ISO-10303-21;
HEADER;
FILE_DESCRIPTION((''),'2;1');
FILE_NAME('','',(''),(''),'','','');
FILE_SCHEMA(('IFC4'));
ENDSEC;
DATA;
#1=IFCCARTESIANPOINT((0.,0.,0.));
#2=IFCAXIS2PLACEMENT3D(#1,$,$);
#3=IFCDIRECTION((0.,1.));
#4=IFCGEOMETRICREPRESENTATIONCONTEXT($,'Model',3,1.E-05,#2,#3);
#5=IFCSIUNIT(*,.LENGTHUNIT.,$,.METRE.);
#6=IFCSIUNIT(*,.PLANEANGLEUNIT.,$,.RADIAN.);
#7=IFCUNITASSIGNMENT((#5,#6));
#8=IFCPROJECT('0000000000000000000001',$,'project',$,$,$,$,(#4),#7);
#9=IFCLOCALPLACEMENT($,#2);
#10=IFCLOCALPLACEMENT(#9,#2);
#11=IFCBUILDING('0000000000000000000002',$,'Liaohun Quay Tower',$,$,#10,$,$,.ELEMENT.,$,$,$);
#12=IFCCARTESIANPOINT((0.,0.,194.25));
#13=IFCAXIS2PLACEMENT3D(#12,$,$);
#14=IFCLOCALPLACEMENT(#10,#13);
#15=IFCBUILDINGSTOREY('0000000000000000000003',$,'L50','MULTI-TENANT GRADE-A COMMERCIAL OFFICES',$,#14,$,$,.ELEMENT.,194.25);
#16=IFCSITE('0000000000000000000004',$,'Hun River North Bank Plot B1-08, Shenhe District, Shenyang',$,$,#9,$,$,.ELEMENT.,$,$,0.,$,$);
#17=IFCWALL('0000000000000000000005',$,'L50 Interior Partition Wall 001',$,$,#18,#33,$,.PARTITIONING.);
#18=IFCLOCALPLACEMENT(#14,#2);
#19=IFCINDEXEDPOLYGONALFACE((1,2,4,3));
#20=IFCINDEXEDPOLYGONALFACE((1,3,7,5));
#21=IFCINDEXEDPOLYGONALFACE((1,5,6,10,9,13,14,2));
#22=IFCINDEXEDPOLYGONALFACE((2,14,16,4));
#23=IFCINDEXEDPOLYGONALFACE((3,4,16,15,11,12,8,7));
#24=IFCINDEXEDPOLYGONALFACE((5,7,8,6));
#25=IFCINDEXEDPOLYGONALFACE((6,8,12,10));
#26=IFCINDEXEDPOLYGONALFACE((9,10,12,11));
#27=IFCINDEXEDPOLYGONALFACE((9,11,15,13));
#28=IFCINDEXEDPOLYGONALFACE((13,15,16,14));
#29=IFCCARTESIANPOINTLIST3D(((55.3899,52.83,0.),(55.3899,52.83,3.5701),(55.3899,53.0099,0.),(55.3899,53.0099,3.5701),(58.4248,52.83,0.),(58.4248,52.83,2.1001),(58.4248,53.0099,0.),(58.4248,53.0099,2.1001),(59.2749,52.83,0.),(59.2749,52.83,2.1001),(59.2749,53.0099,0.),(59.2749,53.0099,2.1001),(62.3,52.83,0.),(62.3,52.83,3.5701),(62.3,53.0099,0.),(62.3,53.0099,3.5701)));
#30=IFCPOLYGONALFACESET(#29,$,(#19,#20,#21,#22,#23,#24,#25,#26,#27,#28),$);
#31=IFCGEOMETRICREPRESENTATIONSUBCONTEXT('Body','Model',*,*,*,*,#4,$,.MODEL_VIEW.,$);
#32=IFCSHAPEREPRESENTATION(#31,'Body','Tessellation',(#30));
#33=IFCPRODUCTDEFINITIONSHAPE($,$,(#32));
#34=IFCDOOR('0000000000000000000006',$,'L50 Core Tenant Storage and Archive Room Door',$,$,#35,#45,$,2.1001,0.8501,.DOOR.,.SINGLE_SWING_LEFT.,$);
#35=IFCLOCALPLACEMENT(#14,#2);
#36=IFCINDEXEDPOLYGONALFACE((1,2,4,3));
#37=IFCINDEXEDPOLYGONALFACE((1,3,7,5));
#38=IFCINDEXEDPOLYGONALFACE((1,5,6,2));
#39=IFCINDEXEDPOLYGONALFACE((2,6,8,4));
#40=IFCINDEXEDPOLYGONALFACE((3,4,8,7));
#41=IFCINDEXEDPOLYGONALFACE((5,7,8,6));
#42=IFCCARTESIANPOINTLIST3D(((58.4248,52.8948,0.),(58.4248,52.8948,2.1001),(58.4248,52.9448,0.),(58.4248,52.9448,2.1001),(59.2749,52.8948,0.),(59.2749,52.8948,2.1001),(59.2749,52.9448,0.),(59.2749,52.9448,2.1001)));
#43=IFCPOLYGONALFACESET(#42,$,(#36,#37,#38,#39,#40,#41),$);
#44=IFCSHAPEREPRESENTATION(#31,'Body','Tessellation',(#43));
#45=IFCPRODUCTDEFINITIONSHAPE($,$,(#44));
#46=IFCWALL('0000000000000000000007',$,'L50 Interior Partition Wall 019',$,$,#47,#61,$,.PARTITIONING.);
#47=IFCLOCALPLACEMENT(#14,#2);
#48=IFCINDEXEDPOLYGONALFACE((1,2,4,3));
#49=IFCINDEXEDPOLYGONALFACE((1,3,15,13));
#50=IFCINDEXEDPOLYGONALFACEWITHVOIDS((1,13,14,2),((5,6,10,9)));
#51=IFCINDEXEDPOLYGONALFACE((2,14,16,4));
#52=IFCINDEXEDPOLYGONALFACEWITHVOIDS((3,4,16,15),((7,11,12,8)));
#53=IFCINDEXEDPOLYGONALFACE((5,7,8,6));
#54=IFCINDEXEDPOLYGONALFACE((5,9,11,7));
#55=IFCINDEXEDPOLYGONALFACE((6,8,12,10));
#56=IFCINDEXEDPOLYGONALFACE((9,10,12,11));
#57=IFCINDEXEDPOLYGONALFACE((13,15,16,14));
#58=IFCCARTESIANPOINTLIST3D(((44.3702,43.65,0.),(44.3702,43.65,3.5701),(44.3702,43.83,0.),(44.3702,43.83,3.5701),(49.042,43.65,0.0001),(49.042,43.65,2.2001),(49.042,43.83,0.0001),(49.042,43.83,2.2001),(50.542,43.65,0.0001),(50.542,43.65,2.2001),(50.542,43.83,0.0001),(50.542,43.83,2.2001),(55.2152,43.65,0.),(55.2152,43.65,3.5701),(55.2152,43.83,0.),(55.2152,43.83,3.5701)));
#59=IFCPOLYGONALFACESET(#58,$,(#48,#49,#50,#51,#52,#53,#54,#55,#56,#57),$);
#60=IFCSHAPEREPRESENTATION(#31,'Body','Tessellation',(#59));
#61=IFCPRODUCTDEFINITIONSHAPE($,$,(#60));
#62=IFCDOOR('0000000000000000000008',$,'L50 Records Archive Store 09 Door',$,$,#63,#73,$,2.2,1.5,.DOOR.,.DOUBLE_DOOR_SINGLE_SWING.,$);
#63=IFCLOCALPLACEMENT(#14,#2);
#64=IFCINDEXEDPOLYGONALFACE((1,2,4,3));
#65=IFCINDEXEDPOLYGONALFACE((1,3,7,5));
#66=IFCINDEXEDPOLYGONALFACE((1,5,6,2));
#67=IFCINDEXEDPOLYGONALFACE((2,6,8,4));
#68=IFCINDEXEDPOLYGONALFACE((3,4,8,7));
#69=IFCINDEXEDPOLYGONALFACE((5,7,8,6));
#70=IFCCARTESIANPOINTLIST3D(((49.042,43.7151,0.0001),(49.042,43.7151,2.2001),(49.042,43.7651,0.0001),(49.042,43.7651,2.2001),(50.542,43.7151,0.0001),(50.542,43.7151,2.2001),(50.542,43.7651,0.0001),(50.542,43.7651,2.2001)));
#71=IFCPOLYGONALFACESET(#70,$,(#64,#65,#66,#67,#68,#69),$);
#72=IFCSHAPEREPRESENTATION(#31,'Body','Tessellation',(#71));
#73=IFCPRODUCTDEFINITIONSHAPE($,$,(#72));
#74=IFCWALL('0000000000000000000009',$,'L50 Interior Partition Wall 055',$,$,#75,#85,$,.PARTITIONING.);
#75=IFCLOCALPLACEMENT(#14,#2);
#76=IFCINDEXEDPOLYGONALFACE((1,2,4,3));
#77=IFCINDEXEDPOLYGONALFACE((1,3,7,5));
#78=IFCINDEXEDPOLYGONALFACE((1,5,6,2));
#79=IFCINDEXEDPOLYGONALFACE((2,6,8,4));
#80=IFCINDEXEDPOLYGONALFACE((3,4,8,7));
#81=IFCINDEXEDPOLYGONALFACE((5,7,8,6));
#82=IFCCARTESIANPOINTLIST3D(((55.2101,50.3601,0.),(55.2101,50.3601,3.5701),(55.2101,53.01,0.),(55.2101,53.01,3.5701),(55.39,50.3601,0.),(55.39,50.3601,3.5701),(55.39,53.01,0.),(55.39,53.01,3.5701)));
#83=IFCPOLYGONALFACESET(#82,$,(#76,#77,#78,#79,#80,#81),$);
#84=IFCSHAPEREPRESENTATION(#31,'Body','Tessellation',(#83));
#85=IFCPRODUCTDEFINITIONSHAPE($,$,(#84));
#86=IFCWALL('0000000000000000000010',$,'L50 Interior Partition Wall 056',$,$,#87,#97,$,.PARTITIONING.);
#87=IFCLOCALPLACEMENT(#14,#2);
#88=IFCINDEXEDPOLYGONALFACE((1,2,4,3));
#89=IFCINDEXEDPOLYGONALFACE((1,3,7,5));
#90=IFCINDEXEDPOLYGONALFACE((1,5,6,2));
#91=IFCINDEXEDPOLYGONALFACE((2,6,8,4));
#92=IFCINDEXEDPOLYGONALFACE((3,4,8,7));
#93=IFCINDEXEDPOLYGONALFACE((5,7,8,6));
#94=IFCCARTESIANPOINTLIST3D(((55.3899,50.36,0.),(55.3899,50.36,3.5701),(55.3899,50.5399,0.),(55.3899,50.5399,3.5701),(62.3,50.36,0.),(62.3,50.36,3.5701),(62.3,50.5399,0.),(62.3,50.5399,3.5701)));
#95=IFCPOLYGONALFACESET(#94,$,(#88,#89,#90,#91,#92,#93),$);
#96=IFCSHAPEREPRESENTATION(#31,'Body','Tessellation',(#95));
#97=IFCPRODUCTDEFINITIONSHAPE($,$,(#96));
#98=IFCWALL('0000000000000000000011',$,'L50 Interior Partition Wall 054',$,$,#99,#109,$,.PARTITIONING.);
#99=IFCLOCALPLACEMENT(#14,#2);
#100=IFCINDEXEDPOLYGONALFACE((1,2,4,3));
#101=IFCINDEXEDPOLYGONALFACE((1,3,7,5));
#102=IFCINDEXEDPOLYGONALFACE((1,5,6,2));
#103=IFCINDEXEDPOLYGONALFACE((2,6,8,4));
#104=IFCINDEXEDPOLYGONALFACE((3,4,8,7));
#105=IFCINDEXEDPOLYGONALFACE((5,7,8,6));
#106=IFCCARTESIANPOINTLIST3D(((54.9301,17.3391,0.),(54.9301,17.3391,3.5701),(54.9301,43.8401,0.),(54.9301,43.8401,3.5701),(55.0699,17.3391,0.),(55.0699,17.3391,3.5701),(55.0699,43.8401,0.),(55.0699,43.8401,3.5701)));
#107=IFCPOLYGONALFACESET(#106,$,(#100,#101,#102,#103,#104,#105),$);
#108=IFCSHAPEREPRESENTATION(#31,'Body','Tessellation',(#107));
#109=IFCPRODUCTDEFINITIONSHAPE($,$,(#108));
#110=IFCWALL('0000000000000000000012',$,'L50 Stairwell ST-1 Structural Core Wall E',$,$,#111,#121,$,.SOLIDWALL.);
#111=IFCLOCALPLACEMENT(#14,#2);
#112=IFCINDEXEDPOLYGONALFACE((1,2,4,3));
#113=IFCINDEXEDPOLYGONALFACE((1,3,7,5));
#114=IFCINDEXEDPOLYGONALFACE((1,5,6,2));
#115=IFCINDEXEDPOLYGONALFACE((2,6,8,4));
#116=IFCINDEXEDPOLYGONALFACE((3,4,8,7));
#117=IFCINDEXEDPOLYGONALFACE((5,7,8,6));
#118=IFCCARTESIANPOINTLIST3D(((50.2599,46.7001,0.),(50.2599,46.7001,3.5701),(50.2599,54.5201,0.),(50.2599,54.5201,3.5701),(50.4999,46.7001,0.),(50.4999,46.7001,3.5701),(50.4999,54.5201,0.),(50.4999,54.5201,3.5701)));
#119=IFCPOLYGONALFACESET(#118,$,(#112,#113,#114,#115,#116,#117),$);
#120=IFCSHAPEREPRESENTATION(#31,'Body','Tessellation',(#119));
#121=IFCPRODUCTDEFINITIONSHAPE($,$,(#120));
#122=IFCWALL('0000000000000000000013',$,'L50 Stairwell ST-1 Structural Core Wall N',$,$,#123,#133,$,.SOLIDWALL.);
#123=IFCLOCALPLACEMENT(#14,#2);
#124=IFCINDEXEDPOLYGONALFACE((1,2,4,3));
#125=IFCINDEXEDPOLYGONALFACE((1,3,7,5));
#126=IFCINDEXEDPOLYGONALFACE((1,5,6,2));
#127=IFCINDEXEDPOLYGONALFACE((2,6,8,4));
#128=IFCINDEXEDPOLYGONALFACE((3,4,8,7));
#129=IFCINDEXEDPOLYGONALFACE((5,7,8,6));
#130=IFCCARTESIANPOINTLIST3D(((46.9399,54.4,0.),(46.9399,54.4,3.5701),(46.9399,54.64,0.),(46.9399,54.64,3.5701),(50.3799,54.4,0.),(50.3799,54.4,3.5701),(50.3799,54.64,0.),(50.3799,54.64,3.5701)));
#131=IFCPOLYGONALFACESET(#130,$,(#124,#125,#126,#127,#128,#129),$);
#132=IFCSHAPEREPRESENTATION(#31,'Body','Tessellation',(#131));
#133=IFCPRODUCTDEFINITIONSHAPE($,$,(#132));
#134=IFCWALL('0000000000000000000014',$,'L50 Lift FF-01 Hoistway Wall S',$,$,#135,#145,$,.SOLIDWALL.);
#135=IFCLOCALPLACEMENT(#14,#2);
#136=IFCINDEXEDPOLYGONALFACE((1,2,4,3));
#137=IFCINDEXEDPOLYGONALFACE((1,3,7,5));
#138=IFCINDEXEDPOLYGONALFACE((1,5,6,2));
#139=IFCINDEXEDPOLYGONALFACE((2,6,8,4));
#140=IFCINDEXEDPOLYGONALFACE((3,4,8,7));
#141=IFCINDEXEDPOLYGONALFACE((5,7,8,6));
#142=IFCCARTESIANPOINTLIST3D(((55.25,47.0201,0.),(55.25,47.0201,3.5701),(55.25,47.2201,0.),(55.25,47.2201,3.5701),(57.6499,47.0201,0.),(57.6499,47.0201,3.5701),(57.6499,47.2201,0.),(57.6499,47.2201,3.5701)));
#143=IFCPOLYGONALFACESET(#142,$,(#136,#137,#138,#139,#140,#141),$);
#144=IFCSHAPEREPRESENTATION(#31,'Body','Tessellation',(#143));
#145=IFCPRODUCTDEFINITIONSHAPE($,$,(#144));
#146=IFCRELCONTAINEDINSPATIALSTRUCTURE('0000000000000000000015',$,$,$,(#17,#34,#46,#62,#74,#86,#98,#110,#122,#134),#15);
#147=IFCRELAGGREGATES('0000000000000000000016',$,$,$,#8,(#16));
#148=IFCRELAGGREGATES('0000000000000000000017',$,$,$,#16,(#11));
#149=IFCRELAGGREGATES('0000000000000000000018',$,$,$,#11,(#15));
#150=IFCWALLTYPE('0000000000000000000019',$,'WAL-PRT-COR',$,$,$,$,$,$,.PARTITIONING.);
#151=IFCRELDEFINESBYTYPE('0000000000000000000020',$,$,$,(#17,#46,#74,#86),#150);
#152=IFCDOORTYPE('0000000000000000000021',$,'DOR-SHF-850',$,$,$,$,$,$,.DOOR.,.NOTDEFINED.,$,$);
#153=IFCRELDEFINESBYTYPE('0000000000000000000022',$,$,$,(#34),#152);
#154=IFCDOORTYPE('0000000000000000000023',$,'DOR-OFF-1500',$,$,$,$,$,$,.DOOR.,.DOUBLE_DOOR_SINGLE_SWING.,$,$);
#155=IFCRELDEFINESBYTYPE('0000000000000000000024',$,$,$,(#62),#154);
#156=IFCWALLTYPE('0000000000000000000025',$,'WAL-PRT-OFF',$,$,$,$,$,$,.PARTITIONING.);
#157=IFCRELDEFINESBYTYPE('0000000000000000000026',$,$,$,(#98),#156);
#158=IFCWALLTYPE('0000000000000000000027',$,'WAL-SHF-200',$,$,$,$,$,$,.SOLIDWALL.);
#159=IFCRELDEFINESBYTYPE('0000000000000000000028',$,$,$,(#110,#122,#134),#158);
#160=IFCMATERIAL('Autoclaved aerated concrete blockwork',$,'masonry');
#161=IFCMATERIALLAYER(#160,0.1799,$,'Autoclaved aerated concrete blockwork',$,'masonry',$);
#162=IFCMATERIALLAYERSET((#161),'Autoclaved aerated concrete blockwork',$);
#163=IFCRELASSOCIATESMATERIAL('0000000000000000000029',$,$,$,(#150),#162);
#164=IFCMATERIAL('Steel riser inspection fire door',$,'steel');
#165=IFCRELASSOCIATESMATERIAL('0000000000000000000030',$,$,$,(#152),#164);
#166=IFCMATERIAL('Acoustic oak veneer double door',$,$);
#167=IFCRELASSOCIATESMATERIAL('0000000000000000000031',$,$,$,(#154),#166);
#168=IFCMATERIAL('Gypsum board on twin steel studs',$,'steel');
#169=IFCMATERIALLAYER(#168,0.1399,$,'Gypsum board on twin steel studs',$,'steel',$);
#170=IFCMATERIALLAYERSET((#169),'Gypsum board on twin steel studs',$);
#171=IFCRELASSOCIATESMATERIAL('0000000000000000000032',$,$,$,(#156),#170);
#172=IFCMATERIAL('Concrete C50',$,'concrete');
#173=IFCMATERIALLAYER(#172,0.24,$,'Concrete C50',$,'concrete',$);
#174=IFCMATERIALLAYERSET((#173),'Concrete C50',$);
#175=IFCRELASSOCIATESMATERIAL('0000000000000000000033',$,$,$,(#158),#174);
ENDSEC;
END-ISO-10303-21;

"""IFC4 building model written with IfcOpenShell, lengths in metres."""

from ifc_helpers import new_model, si_unit, direction, frame, frame_2d, origin, place, context, subcontext, project, spatial, rectangle, extrude, source, transform, mapped, material, layer, layer_set, type_object, element, fill, save


model = new_model("IFC4")

# Units and contexts
model_context = context("Model", 3, precision=1e-05, world=origin(), true_north=direction((0.0, 1.0)))
body_context = subcontext(model_context, "Body", "Model", "MODEL_VIEW")
ifc_project = project(units=[si_unit("LENGTHUNIT", "METRE"), si_unit("PLANEANGLEUNIT", "RADIAN")], contexts=[model_context])

# Site, building, storey
site_placement = place(None, origin())
site = spatial("IfcSite", under=ifc_project, at=site_placement, Name="Hun River North Bank Plot B1-08, Shenhe District, Shenyang", CompositionType="ELEMENT", RefElevation=0.0)
building_placement = place(site_placement, origin())
building = spatial("IfcBuilding", under=site, at=building_placement, Name="Liaohun Quay Tower", CompositionType="ELEMENT")
storey_placement = place(building_placement, frame((0.0, 0.0, 194.25)))
storey = spatial("IfcBuildingStorey", under=building, at=storey_placement, Name="L50", Description="MULTI-TENANT GRADE-A COMMERCIAL OFFICES", CompositionType="ELEMENT", Elevation=194.25)

# Shared definitions
ifc_material_1 = material(Name="Concrete C50", Category="concrete")

# Walls, openings, doors
ifc_material_2 = material(Name="Autoclaved aerated concrete blockwork", Category="masonry")
ifc_layer_1 = layer(ifc_material_2, 0.1799, Name="Autoclaved aerated concrete blockwork", Category="masonry")
ifc_layer_set_1 = layer_set([ifc_layer_1], Name="Autoclaved aerated concrete blockwork")
wall_type_1 = type_object("IfcWallType", Name="WAL-PRT-COR", PredefinedType="PARTITIONING", material=ifc_layer_set_1)
wall_1_placement = place(storey_placement, frame((55.3899, 52.9199, 0.0), z_axis=(0.0, 0.0, 1.0), x_axis=(1.0, 0.0, 0.0)))
wall_1 = element("IfcWall", 1, at=wall_1_placement, inside=storey, type_object=wall_type_1, Name="L50 Interior Partition Wall 001", PredefinedType="PARTITIONING", context=body_context, shape_type="SweptSolid", body=[
    extrude(rectangle(XDim=6.9102, YDim=0.1799, at=frame_2d((3.4551, 0.0))), origin(), (0.0, 0.0, 1.0), 3.5701),
])
shared_shape_1 = source(origin(), body_context, "Body", "SweptSolid", [
    extrude(rectangle(XDim=0.8501, YDim=2.1001, at=frame_2d((0.425, 1.05))), frame((0.0, 0.0999, 0.0), z_axis=(0.0, -1.0, 0.0), x_axis=(1.0, 0.0, 0.0)), (0.0, 0.0, 1.0), 0.2),
])
opening_1_placement = place(wall_1_placement, frame((3.0349, 0.0, 0.0)))
opening_1 = element("IfcOpeningElement", 2, at=opening_1_placement, cuts=wall_1, PredefinedType="OPENING", context=body_context, shape_type="MappedRepresentation", body=[
    mapped(shared_shape_1, transform((0.0, 0.0, 0.0), x_axis=(1.0, 0.0, 0.0), y_axis=(0.0, 1.0, 0.0), z_axis=(0.0, 0.0, 1.0), scale=1.0)),
])
ifc_material_3 = material(Name="Steel riser inspection fire door", Category="steel")
door_type_1 = type_object("IfcDoorType", Name="DOR-SHF-850", OperationType="NOTDEFINED", PredefinedType="DOOR", material=ifc_material_3)
shared_shape_2 = source(origin(), body_context, "Body", "SweptSolid", [
    extrude(rectangle(XDim=0.8501, YDim=2.1001, at=frame_2d((0.425, 1.05))), frame((0.0, 0.0249, 0.0), z_axis=(0.0, -1.0, 0.0), x_axis=(1.0, 0.0, 0.0)), (0.0, 0.0, 1.0), 0.05),
])
door_1_placement = place(opening_1_placement, origin())
door_1 = element("IfcDoor", 3, at=door_1_placement, inside=storey, type_object=door_type_1, Name="L50 Core Tenant Storage and Archive Room Door", OperationType="SINGLE_SWING_LEFT", OverallHeight=2.1001, OverallWidth=0.8501, PredefinedType="DOOR", context=body_context, shape_type="MappedRepresentation", body=[
    mapped(shared_shape_2, transform((0.0, 0.0, 0.0), x_axis=(1.0, 0.0, 0.0), y_axis=(0.0, 1.0, 0.0), z_axis=(0.0, 0.0, 1.0), scale=1.0)),
])
fill(opening_1, door_1)
wall_2_placement = place(storey_placement, frame((55.2151, 43.74, 0.0), z_axis=(0.0, 0.0, 1.0), x_axis=(-1.0, 0.0, 0.0)))
wall_2 = element("IfcWall", 4, at=wall_2_placement, inside=storey, type_object=wall_type_1, Name="L50 Interior Partition Wall 019", PredefinedType="PARTITIONING", context=body_context, shape_type="SweptSolid", body=[
    extrude(rectangle(XDim=10.845, YDim=0.1799, at=frame_2d((5.4224, 0.0))), origin(), (0.0, 0.0, 1.0), 3.5701),
])
shared_shape_3 = source(origin(), body_context, "Body", "SweptSolid", [
    extrude(rectangle(XDim=1.5, YDim=2.2, at=frame_2d((0.75, 1.1001))), frame((0.0, 0.0999, 0.0), z_axis=(0.0, -1.0, 0.0), x_axis=(1.0, 0.0, 0.0)), (0.0, 0.0, 1.0), 0.2),
])
opening_2_placement = place(wall_2_placement, frame((4.6731, 0.0, 0.0)))
opening_2 = element("IfcOpeningElement", 5, at=opening_2_placement, cuts=wall_2, PredefinedType="OPENING", context=body_context, shape_type="MappedRepresentation", body=[
    mapped(shared_shape_3, transform((0.0, 0.0, 0.0), x_axis=(1.0, 0.0, 0.0), y_axis=(0.0, 1.0, 0.0), z_axis=(0.0, 0.0, 1.0), scale=1.0)),
])
ifc_material_4 = material(Name="Acoustic oak veneer double door")
door_type_2 = type_object("IfcDoorType", Name="DOR-OFF-1500", OperationType="DOUBLE_DOOR_SINGLE_SWING", PredefinedType="DOOR", material=ifc_material_4)
shared_shape_4 = source(origin(), body_context, "Body", "SweptSolid", [
    extrude(rectangle(XDim=1.5, YDim=2.2, at=frame_2d((0.75, 1.1001))), frame((0.0, 0.0249, 0.0), z_axis=(0.0, -1.0, 0.0), x_axis=(1.0, 0.0, 0.0)), (0.0, 0.0, 1.0), 0.05),
])
door_2_placement = place(opening_2_placement, origin())
door_2 = element("IfcDoor", 6, at=door_2_placement, inside=storey, type_object=door_type_2, Name="L50 Records Archive Store 09 Door", OperationType="DOUBLE_DOOR_SINGLE_SWING", OverallHeight=2.2, OverallWidth=1.5, PredefinedType="DOOR", context=body_context, shape_type="MappedRepresentation", body=[
    mapped(shared_shape_4, transform((0.0, 0.0, 0.0), x_axis=(1.0, 0.0, 0.0), y_axis=(0.0, 1.0, 0.0), z_axis=(0.0, 0.0, 1.0), scale=1.0)),
])
fill(opening_2, door_2)

# Walls
wall_3_placement = place(storey_placement, frame((55.3, 50.3601, 0.0), z_axis=(0.0, 0.0, 1.0), x_axis=(0.0, 1.0, 0.0)))
element("IfcWall", 7, at=wall_3_placement, inside=storey, type_object=wall_type_1, Name="L50 Interior Partition Wall 055", PredefinedType="PARTITIONING", context=body_context, shape_type="SweptSolid", body=[
    extrude(rectangle(XDim=2.6499, YDim=0.1799, at=frame_2d((1.325, 0.0))), origin(), (0.0, 0.0, 1.0), 3.5701),
])
wall_4_placement = place(storey_placement, frame((55.3899, 50.45, 0.0), z_axis=(0.0, 0.0, 1.0), x_axis=(1.0, 0.0, 0.0)))
element("IfcWall", 8, at=wall_4_placement, inside=storey, type_object=wall_type_1, Name="L50 Interior Partition Wall 056", PredefinedType="PARTITIONING", context=body_context, shape_type="SweptSolid", body=[
    extrude(rectangle(XDim=6.9102, YDim=0.1799, at=frame_2d((3.4551, 0.0))), origin(), (0.0, 0.0, 1.0), 3.5701),
])
ifc_material_5 = material(Name="Gypsum board on twin steel studs", Category="steel")
ifc_layer_2 = layer(ifc_material_5, 0.1399, Name="Gypsum board on twin steel studs", Category="steel")
ifc_layer_set_2 = layer_set([ifc_layer_2], Name="Gypsum board on twin steel studs")
wall_type_2 = type_object("IfcWallType", Name="WAL-PRT-OFF", PredefinedType="PARTITIONING", material=ifc_layer_set_2)
wall_5_placement = place(storey_placement, frame((55.0, 43.8401, 0.0), z_axis=(0.0, 0.0, 1.0), x_axis=(0.0, -1.0, 0.0)))
element("IfcWall", 9, at=wall_5_placement, inside=storey, type_object=wall_type_2, Name="L50 Interior Partition Wall 054", PredefinedType="PARTITIONING", context=body_context, shape_type="SweptSolid", body=[
    extrude(rectangle(XDim=26.501, YDim=0.1399, at=frame_2d((13.2505, 0.0))), origin(), (0.0, 0.0, 1.0), 3.5701),
])
ifc_layer_3 = layer(ifc_material_1, 0.24, Name="Concrete C50", Category="concrete")
ifc_layer_set_3 = layer_set([ifc_layer_3], Name="Concrete C50")
wall_type_3 = type_object("IfcWallType", Name="WAL-SHF-200", PredefinedType="SOLIDWALL", material=ifc_layer_set_3)
wall_6_placement = place(storey_placement, frame((50.3799, 46.7, 0.0), z_axis=(0.0, 0.0, 1.0), x_axis=(0.0, 1.0, 0.0)))
element("IfcWall", 10, at=wall_6_placement, inside=storey, type_object=wall_type_3, Name="L50 Stairwell ST-1 Structural Core Wall E", PredefinedType="SOLIDWALL", context=body_context, shape_type="SweptSolid", body=[
    extrude(rectangle(XDim=7.8201, YDim=0.24, at=frame_2d((3.9102, 0.0))), origin(), (0.0, 0.0, 1.0), 3.5701),
])
wall_7_placement = place(storey_placement, frame((50.3799, 54.52, 0.0), z_axis=(0.0, 0.0, 1.0), x_axis=(-1.0, 0.0, 0.0)))
element("IfcWall", 11, at=wall_7_placement, inside=storey, type_object=wall_type_3, Name="L50 Stairwell ST-1 Structural Core Wall N", PredefinedType="SOLIDWALL", context=body_context, shape_type="SweptSolid", body=[
    extrude(rectangle(XDim=3.4399, YDim=0.24, at=frame_2d((1.72, 0.0))), origin(), (0.0, 0.0, 1.0), 3.5701),
])
wall_8_placement = place(storey_placement, frame((55.25, 47.1201, 0.0), z_axis=(0.0, 0.0, 1.0), x_axis=(1.0, 0.0, 0.0)))
element("IfcWall", 12, at=wall_8_placement, inside=storey, type_object=wall_type_3, Name="L50 Lift FF-01 Hoistway Wall S", PredefinedType="SOLIDWALL", context=body_context, shape_type="SweptSolid", body=[
    extrude(rectangle(XDim=2.3999, YDim=0.2, at=frame_2d((1.2, 0.0))), origin(), (0.0, 0.0, 1.0), 3.5701),
])

save(model, "model.ifc")
